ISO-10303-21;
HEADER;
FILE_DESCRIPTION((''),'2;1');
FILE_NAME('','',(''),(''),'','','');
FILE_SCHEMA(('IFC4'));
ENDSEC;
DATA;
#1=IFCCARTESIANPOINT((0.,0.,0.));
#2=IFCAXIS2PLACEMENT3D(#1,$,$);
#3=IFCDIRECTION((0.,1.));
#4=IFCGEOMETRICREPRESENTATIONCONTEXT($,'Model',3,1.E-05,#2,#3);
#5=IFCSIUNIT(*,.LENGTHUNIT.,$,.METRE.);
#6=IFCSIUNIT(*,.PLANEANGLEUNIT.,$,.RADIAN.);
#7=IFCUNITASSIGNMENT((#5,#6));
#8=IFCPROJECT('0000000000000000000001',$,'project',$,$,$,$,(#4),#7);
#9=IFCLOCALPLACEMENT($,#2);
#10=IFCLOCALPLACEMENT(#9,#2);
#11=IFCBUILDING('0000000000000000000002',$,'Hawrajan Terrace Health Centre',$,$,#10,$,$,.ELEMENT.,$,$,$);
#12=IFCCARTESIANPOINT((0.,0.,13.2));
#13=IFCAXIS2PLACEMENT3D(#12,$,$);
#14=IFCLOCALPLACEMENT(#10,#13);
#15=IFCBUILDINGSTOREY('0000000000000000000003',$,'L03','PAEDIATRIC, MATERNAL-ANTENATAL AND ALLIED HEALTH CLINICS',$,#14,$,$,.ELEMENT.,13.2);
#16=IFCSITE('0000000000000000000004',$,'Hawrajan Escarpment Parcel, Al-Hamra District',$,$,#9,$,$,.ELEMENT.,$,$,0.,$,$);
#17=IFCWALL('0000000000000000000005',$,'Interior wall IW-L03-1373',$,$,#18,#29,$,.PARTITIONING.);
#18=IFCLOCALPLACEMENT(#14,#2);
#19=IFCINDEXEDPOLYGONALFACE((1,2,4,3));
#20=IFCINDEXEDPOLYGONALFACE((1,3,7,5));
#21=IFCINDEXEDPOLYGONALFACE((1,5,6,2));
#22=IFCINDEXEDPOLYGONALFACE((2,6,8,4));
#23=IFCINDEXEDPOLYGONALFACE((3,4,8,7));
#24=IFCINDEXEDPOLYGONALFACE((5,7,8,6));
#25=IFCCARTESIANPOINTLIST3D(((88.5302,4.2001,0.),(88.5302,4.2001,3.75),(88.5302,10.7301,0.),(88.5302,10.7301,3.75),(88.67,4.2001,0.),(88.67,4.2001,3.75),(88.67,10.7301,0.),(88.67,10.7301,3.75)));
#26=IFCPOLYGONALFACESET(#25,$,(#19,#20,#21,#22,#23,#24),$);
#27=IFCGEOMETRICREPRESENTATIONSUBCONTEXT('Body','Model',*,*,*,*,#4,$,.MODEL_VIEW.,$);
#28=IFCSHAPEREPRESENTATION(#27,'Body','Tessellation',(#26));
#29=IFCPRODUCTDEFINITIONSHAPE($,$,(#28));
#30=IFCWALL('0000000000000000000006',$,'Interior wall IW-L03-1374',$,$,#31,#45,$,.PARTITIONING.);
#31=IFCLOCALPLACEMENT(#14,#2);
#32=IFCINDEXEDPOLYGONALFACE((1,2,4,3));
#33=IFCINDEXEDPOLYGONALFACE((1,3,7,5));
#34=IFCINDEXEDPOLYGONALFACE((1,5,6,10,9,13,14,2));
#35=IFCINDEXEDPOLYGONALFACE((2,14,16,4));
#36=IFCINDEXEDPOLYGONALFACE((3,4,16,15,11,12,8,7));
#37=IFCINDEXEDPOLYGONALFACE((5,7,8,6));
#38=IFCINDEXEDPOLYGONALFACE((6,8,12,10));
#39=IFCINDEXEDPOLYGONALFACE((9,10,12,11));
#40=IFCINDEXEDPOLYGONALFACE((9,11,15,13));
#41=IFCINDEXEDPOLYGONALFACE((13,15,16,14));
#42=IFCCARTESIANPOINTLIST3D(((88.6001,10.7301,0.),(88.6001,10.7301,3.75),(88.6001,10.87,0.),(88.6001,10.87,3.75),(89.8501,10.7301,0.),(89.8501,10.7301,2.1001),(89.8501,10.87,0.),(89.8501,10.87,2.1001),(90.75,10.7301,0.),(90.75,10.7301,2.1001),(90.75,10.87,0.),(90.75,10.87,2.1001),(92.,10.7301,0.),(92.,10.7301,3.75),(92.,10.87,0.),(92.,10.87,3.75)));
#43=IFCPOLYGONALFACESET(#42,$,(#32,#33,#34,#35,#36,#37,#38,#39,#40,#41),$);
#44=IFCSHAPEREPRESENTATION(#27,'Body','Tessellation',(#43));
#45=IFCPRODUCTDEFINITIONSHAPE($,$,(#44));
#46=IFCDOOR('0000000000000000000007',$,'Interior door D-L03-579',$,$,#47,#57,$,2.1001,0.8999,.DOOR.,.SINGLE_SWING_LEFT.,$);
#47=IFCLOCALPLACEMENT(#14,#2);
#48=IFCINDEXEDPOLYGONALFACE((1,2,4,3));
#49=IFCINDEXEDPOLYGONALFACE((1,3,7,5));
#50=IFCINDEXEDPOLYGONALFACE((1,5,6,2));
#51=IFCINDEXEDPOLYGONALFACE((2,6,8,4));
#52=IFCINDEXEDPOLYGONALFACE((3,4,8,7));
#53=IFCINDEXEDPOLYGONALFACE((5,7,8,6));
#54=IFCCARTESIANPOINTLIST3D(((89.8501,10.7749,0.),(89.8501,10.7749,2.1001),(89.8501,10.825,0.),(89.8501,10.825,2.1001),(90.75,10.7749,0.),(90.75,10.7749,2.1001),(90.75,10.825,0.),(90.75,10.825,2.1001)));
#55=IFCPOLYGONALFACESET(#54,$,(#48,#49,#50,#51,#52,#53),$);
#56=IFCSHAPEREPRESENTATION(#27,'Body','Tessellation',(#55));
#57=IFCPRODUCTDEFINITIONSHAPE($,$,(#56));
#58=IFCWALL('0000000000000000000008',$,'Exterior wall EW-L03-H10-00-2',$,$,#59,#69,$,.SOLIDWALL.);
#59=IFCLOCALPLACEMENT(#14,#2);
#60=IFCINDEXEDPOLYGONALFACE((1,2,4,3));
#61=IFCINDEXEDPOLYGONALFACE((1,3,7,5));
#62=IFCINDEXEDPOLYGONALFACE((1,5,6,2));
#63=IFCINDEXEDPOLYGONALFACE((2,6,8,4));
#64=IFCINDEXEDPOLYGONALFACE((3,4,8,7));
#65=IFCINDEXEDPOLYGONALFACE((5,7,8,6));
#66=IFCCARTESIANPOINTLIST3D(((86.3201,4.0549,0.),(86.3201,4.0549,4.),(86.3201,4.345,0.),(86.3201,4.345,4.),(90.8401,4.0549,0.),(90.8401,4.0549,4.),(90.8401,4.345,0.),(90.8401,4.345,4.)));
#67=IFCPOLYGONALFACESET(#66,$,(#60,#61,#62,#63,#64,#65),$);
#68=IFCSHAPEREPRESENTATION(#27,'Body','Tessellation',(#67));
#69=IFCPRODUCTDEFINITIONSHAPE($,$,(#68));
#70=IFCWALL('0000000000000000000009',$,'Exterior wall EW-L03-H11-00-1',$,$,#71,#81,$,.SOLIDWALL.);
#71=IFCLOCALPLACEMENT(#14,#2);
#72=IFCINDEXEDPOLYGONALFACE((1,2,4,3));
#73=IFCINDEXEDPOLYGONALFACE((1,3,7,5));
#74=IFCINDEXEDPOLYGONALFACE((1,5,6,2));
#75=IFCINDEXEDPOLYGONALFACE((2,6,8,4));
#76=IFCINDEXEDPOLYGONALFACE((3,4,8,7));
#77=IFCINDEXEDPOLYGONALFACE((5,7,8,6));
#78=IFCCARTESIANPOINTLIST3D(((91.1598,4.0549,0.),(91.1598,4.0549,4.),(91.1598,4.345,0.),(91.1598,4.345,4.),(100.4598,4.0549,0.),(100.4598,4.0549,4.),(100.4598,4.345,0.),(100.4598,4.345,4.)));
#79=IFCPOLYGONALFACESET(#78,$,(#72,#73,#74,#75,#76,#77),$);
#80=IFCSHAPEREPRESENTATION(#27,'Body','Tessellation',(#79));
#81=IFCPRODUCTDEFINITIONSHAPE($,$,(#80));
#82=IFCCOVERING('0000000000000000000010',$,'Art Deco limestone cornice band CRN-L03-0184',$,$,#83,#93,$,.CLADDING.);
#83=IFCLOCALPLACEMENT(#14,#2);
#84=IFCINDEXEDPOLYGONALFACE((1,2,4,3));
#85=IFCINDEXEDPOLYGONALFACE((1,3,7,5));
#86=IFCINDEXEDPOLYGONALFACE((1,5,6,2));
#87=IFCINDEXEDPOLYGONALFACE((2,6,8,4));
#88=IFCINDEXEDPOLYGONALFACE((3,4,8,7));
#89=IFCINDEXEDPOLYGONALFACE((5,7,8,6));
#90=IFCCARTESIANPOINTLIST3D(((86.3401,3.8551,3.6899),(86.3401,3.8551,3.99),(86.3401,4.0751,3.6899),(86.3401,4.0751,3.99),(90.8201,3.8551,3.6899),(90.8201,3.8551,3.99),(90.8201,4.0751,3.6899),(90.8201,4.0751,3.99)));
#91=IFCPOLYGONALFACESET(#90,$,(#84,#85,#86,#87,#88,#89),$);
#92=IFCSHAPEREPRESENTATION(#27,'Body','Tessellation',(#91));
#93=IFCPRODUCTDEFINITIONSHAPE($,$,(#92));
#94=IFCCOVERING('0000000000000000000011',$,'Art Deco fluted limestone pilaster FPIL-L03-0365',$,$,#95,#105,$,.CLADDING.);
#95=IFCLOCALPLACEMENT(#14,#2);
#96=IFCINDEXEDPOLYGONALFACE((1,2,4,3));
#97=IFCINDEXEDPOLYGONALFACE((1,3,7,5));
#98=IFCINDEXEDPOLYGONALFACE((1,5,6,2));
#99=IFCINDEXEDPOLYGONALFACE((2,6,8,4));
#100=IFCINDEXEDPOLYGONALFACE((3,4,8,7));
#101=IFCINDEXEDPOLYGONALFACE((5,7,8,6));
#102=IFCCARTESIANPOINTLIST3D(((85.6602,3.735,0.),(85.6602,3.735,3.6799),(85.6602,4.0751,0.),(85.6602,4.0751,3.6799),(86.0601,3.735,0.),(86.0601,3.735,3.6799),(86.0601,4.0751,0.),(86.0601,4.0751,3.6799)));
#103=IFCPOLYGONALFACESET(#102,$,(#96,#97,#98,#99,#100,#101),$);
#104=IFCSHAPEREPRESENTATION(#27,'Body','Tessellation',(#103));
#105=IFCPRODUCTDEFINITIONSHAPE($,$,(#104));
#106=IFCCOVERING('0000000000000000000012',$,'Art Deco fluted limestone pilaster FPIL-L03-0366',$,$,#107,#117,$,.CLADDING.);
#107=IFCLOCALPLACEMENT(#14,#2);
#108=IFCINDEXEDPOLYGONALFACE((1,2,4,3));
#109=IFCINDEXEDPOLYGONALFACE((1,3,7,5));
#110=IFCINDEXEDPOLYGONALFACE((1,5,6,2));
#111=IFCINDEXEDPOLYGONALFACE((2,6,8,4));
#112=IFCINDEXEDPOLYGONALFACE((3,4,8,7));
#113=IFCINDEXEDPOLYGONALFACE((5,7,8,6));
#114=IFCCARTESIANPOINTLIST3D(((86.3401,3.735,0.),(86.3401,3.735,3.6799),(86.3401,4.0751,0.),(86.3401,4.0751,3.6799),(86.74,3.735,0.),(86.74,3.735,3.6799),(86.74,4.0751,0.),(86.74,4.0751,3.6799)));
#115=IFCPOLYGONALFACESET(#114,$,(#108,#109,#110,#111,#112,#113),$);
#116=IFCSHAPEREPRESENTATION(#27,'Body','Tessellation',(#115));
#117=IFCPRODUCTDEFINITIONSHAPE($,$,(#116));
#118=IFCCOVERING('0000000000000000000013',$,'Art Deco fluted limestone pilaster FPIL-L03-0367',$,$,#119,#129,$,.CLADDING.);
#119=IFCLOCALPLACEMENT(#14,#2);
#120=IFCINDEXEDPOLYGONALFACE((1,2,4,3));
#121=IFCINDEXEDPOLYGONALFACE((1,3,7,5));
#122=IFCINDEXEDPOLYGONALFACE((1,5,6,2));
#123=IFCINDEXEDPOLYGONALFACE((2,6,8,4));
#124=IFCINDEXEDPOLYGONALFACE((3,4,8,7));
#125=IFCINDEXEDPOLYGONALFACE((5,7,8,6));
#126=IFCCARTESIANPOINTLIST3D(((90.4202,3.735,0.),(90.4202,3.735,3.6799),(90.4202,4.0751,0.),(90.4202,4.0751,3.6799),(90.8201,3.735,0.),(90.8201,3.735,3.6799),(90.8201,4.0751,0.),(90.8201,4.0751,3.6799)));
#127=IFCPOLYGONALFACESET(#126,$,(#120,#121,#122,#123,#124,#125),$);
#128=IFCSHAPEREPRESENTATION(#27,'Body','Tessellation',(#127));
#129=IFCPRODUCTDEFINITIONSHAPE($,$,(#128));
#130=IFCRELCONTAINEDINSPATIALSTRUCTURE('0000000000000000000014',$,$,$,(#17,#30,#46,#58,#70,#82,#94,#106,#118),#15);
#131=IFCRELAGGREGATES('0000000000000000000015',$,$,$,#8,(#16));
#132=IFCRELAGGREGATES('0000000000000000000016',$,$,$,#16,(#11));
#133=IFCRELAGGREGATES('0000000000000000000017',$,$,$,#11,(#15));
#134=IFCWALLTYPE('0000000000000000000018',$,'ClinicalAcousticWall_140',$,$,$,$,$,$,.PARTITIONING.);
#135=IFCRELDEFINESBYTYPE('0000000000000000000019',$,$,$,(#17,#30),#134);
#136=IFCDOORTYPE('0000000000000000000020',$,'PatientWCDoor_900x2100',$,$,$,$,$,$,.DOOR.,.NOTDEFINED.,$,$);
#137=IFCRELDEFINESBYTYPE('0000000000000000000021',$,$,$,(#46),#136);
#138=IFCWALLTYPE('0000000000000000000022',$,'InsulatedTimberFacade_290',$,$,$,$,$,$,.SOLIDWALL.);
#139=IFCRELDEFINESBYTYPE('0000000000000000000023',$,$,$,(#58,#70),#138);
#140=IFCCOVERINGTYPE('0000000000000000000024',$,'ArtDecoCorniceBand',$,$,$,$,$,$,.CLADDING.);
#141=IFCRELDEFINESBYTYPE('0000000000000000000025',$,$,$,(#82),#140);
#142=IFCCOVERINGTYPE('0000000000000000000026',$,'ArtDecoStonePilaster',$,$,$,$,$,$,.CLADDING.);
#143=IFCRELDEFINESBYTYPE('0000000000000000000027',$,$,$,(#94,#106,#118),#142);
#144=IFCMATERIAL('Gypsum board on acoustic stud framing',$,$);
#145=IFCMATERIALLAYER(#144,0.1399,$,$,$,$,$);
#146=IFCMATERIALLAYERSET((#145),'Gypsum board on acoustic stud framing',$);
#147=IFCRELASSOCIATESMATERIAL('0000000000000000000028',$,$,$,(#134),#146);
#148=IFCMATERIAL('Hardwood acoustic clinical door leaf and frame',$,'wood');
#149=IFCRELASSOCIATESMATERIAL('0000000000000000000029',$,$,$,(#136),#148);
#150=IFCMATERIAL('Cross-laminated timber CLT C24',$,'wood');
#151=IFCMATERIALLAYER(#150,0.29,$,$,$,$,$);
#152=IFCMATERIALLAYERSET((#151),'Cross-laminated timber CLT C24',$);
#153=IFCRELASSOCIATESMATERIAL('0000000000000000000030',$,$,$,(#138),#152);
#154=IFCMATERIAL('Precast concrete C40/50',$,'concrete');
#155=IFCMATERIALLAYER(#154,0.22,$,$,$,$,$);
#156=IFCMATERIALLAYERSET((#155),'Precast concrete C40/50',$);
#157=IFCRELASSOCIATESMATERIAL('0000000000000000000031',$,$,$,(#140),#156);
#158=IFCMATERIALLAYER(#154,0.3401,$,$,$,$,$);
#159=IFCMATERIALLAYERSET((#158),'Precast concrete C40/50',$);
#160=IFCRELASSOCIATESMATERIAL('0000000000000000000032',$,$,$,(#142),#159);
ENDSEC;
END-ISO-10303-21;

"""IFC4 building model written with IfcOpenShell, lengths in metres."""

from ifc_helpers import new_model, si_unit, direction, frame, frame_2d, origin, origin_2d, place, context, subcontext, project, spatial, rectangle, extrude, material, layer, layer_set, type_object, element, fill, save


model = new_model("IFC4")

# Units and contexts
model_context = context("Model", 3, precision=1e-05, world=origin(), true_north=direction((0.0, 1.0)))
body_context = subcontext(model_context, "Body", "Model", "MODEL_VIEW")
ifc_project = project(units=[si_unit("LENGTHUNIT", "METRE"), si_unit("PLANEANGLEUNIT", "RADIAN")], contexts=[model_context])

# Site, building, storey
site_placement = place(None, origin())
site = spatial("IfcSite", under=ifc_project, at=site_placement, Name="Hawrajan Escarpment Parcel, Al-Hamra District", CompositionType="ELEMENT", RefElevation=0.0)
building_placement = place(site_placement, origin())
building = spatial("IfcBuilding", under=site, at=building_placement, Name="Hawrajan Terrace Health Centre", CompositionType="ELEMENT")
storey_placement = place(building_placement, frame((0.0, 0.0, 13.2)))
storey = spatial("IfcBuildingStorey", under=building, at=storey_placement, Name="L03", Description="PAEDIATRIC, MATERNAL-ANTENATAL AND ALLIED HEALTH CLINICS", CompositionType="ELEMENT", Elevation=13.2)

# Shared definitions
ifc_material_1 = material(Name="Gypsum board on acoustic stud framing")
ifc_layer_1 = layer(ifc_material_1, 0.1399)
ifc_layer_set_1 = layer_set([ifc_layer_1], Name="Gypsum board on acoustic stud framing")
wall_type_1 = type_object("IfcWallType", Name="ClinicalAcousticWall_140", PredefinedType="PARTITIONING", material=ifc_layer_set_1)
ifc_material_2 = material(Name="Hardwood acoustic clinical door leaf and frame", Category="wood")
door_type = type_object("IfcDoorType", Name="PatientWCDoor_900x2100", OperationType="NOTDEFINED", PredefinedType="DOOR", material=ifc_material_2)

# Wall
wall_1_placement = place(storey_placement, frame((88.6001, 4.2, 0.0), z_axis=(0.0, 0.0, 1.0), x_axis=(0.0, 1.0, 0.0)))
element("IfcWall", 1, at=wall_1_placement, inside=storey, type_object=wall_type_1, Name="Interior wall IW-L03-1373", PredefinedType="PARTITIONING", context=body_context, shape_type="SweptSolid", body=[
    extrude(rectangle(XDim=6.53, YDim=0.1399, at=frame_2d((3.2651, 0.0))), origin(), (0.0, 0.0, 1.0), 3.75),
])

# Wall, opening, door
wall_2_placement = place(storey_placement, frame((88.6001, 10.8, 0.0), z_axis=(0.0, 0.0, 1.0), x_axis=(1.0, 0.0, 0.0)))
wall_2 = element("IfcWall", 2, at=wall_2_placement, inside=storey, type_object=wall_type_1, Name="Interior wall IW-L03-1374", PredefinedType="PARTITIONING", context=body_context, shape_type="SweptSolid", body=[
    extrude(rectangle(XDim=3.3999, YDim=0.1399, at=frame_2d((1.7, 0.0))), origin(), (0.0, 0.0, 1.0), 3.75),
])
opening_1_placement = place(wall_2_placement, frame((1.25, 0.0, 0.0)))
opening_1 = element("IfcOpeningElement", 3, at=opening_1_placement, cuts=wall_2, PredefinedType="OPENING", context=body_context, shape_type="SweptSolid", body=[
    extrude(rectangle(XDim=0.8999, YDim=2.1001, at=frame_2d((0.45, 1.05))), frame((0.0, 0.0798, 0.0), z_axis=(0.0, -1.0, 0.0), x_axis=(1.0, 0.0, 0.0)), (0.0, 0.0, 1.0), 0.1599),
])
door_1_placement = place(opening_1_placement, origin())
door_1 = element("IfcDoor", 4, at=door_1_placement, inside=storey, type_object=door_type, Name="Interior door D-L03-579", OperationType="SINGLE_SWING_LEFT", OverallHeight=2.1001, OverallWidth=0.8999, PredefinedType="DOOR", context=body_context, shape_type="SweptSolid", body=[
    extrude(rectangle(XDim=0.8999, YDim=2.1001, at=frame_2d((0.45, 1.05))), frame((0.0, 0.0249, 0.0), z_axis=(0.0, -1.0, 0.0), x_axis=(1.0, 0.0, 0.0)), (0.0, 0.0, 1.0), 0.05),
])
fill(opening_1, door_1)

# Walls
ifc_material_3 = material(Name="Cross-laminated timber CLT C24", Category="wood")
ifc_layer_2 = layer(ifc_material_3, 0.29)
ifc_layer_set_2 = layer_set([ifc_layer_2], Name="Cross-laminated timber CLT C24")
wall_type_2 = type_object("IfcWallType", Name="InsulatedTimberFacade_290", PredefinedType="SOLIDWALL", material=ifc_layer_set_2)
wall_3_placement = place(storey_placement, frame((86.3201, 4.2, 0.0), z_axis=(0.0, 0.0, 1.0), x_axis=(1.0, 0.0, 0.0)))
element("IfcWall", 5, at=wall_3_placement, inside=storey, type_object=wall_type_2, Name="Exterior wall EW-L03-H10-00-2", PredefinedType="SOLIDWALL", context=body_context, shape_type="SweptSolid", body=[
    extrude(rectangle(XDim=4.52, YDim=0.29, at=frame_2d((2.26, 0.0))), origin(), (0.0, 0.0, 1.0), 4.0),
])
wall_4_placement = place(storey_placement, frame((91.1599, 4.2, 0.0), z_axis=(0.0, 0.0, 1.0), x_axis=(1.0, 0.0, 0.0)))
element("IfcWall", 6, at=wall_4_placement, inside=storey, type_object=wall_type_2, Name="Exterior wall EW-L03-H11-00-1", PredefinedType="SOLIDWALL", context=body_context, shape_type="SweptSolid", body=[
    extrude(rectangle(XDim=9.3, YDim=0.29, at=frame_2d((4.6499, 0.0))), origin(), (0.0, 0.0, 1.0), 4.0),
])

# Coverings
ifc_material_4 = material(Name="Precast concrete C40/50", Category="concrete")
ifc_layer_3 = layer(ifc_material_4, 0.22)
ifc_layer_set_3 = layer_set([ifc_layer_3], Name="Precast concrete C40/50")
covering_type_1 = type_object("IfcCoveringType", Name="ArtDecoCorniceBand", PredefinedType="CLADDING", material=ifc_layer_set_3)
covering_placement = place(storey_placement, frame((88.5801, 3.9651, 3.6899), z_axis=(0.0, 0.0, 1.0), x_axis=(1.0, 0.0, 0.0)))
element("IfcCovering", 7, at=covering_placement, inside=storey, type_object=covering_type_1, Name="Art Deco limestone cornice band CRN-L03-0184", PredefinedType="CLADDING", context=body_context, shape_type="SweptSolid", body=[
    extrude(rectangle(XDim=4.48, YDim=0.22, at=origin_2d()), origin(), (0.0, 0.0, 1.0), 0.3),
])
ifc_layer_4 = layer(ifc_material_4, 0.3401)
ifc_layer_set_4 = layer_set([ifc_layer_4], Name="Precast concrete C40/50")
covering_type_2 = type_object("IfcCoveringType", Name="ArtDecoStonePilaster", PredefinedType="CLADDING", material=ifc_layer_set_4)
for number, where, z_axis, x_axis, name in (
    (8, (85.8601, 3.905, 0.0), (0.0, 0.0, 1.0), (1.0, 0.0, 0.0), "Art Deco fluted limestone pilaster FPIL-L03-0365"),
    (9, (86.54, 3.905, 0.0), (0.0, 0.0, 1.0), (1.0, 0.0, 0.0), "Art Deco fluted limestone pilaster FPIL-L03-0366"),
    (10, (90.6201, 3.905, 0.0), (0.0, 0.0, 1.0), (1.0, 0.0, 0.0), "Art Deco fluted limestone pilaster FPIL-L03-0367"),
):
    element("IfcCovering", number, at=place(storey_placement, frame(where, z_axis=z_axis, x_axis=x_axis)), inside=storey, type_object=covering_type_2, Name=name, PredefinedType="CLADDING", context=body_context, shape_type="SweptSolid", body=[
        extrude(rectangle(XDim=0.3999, YDim=0.3401, at=origin_2d()), origin(), (0.0, 0.0, 1.0), 3.6799),
    ])

save(model, "model.ifc")
